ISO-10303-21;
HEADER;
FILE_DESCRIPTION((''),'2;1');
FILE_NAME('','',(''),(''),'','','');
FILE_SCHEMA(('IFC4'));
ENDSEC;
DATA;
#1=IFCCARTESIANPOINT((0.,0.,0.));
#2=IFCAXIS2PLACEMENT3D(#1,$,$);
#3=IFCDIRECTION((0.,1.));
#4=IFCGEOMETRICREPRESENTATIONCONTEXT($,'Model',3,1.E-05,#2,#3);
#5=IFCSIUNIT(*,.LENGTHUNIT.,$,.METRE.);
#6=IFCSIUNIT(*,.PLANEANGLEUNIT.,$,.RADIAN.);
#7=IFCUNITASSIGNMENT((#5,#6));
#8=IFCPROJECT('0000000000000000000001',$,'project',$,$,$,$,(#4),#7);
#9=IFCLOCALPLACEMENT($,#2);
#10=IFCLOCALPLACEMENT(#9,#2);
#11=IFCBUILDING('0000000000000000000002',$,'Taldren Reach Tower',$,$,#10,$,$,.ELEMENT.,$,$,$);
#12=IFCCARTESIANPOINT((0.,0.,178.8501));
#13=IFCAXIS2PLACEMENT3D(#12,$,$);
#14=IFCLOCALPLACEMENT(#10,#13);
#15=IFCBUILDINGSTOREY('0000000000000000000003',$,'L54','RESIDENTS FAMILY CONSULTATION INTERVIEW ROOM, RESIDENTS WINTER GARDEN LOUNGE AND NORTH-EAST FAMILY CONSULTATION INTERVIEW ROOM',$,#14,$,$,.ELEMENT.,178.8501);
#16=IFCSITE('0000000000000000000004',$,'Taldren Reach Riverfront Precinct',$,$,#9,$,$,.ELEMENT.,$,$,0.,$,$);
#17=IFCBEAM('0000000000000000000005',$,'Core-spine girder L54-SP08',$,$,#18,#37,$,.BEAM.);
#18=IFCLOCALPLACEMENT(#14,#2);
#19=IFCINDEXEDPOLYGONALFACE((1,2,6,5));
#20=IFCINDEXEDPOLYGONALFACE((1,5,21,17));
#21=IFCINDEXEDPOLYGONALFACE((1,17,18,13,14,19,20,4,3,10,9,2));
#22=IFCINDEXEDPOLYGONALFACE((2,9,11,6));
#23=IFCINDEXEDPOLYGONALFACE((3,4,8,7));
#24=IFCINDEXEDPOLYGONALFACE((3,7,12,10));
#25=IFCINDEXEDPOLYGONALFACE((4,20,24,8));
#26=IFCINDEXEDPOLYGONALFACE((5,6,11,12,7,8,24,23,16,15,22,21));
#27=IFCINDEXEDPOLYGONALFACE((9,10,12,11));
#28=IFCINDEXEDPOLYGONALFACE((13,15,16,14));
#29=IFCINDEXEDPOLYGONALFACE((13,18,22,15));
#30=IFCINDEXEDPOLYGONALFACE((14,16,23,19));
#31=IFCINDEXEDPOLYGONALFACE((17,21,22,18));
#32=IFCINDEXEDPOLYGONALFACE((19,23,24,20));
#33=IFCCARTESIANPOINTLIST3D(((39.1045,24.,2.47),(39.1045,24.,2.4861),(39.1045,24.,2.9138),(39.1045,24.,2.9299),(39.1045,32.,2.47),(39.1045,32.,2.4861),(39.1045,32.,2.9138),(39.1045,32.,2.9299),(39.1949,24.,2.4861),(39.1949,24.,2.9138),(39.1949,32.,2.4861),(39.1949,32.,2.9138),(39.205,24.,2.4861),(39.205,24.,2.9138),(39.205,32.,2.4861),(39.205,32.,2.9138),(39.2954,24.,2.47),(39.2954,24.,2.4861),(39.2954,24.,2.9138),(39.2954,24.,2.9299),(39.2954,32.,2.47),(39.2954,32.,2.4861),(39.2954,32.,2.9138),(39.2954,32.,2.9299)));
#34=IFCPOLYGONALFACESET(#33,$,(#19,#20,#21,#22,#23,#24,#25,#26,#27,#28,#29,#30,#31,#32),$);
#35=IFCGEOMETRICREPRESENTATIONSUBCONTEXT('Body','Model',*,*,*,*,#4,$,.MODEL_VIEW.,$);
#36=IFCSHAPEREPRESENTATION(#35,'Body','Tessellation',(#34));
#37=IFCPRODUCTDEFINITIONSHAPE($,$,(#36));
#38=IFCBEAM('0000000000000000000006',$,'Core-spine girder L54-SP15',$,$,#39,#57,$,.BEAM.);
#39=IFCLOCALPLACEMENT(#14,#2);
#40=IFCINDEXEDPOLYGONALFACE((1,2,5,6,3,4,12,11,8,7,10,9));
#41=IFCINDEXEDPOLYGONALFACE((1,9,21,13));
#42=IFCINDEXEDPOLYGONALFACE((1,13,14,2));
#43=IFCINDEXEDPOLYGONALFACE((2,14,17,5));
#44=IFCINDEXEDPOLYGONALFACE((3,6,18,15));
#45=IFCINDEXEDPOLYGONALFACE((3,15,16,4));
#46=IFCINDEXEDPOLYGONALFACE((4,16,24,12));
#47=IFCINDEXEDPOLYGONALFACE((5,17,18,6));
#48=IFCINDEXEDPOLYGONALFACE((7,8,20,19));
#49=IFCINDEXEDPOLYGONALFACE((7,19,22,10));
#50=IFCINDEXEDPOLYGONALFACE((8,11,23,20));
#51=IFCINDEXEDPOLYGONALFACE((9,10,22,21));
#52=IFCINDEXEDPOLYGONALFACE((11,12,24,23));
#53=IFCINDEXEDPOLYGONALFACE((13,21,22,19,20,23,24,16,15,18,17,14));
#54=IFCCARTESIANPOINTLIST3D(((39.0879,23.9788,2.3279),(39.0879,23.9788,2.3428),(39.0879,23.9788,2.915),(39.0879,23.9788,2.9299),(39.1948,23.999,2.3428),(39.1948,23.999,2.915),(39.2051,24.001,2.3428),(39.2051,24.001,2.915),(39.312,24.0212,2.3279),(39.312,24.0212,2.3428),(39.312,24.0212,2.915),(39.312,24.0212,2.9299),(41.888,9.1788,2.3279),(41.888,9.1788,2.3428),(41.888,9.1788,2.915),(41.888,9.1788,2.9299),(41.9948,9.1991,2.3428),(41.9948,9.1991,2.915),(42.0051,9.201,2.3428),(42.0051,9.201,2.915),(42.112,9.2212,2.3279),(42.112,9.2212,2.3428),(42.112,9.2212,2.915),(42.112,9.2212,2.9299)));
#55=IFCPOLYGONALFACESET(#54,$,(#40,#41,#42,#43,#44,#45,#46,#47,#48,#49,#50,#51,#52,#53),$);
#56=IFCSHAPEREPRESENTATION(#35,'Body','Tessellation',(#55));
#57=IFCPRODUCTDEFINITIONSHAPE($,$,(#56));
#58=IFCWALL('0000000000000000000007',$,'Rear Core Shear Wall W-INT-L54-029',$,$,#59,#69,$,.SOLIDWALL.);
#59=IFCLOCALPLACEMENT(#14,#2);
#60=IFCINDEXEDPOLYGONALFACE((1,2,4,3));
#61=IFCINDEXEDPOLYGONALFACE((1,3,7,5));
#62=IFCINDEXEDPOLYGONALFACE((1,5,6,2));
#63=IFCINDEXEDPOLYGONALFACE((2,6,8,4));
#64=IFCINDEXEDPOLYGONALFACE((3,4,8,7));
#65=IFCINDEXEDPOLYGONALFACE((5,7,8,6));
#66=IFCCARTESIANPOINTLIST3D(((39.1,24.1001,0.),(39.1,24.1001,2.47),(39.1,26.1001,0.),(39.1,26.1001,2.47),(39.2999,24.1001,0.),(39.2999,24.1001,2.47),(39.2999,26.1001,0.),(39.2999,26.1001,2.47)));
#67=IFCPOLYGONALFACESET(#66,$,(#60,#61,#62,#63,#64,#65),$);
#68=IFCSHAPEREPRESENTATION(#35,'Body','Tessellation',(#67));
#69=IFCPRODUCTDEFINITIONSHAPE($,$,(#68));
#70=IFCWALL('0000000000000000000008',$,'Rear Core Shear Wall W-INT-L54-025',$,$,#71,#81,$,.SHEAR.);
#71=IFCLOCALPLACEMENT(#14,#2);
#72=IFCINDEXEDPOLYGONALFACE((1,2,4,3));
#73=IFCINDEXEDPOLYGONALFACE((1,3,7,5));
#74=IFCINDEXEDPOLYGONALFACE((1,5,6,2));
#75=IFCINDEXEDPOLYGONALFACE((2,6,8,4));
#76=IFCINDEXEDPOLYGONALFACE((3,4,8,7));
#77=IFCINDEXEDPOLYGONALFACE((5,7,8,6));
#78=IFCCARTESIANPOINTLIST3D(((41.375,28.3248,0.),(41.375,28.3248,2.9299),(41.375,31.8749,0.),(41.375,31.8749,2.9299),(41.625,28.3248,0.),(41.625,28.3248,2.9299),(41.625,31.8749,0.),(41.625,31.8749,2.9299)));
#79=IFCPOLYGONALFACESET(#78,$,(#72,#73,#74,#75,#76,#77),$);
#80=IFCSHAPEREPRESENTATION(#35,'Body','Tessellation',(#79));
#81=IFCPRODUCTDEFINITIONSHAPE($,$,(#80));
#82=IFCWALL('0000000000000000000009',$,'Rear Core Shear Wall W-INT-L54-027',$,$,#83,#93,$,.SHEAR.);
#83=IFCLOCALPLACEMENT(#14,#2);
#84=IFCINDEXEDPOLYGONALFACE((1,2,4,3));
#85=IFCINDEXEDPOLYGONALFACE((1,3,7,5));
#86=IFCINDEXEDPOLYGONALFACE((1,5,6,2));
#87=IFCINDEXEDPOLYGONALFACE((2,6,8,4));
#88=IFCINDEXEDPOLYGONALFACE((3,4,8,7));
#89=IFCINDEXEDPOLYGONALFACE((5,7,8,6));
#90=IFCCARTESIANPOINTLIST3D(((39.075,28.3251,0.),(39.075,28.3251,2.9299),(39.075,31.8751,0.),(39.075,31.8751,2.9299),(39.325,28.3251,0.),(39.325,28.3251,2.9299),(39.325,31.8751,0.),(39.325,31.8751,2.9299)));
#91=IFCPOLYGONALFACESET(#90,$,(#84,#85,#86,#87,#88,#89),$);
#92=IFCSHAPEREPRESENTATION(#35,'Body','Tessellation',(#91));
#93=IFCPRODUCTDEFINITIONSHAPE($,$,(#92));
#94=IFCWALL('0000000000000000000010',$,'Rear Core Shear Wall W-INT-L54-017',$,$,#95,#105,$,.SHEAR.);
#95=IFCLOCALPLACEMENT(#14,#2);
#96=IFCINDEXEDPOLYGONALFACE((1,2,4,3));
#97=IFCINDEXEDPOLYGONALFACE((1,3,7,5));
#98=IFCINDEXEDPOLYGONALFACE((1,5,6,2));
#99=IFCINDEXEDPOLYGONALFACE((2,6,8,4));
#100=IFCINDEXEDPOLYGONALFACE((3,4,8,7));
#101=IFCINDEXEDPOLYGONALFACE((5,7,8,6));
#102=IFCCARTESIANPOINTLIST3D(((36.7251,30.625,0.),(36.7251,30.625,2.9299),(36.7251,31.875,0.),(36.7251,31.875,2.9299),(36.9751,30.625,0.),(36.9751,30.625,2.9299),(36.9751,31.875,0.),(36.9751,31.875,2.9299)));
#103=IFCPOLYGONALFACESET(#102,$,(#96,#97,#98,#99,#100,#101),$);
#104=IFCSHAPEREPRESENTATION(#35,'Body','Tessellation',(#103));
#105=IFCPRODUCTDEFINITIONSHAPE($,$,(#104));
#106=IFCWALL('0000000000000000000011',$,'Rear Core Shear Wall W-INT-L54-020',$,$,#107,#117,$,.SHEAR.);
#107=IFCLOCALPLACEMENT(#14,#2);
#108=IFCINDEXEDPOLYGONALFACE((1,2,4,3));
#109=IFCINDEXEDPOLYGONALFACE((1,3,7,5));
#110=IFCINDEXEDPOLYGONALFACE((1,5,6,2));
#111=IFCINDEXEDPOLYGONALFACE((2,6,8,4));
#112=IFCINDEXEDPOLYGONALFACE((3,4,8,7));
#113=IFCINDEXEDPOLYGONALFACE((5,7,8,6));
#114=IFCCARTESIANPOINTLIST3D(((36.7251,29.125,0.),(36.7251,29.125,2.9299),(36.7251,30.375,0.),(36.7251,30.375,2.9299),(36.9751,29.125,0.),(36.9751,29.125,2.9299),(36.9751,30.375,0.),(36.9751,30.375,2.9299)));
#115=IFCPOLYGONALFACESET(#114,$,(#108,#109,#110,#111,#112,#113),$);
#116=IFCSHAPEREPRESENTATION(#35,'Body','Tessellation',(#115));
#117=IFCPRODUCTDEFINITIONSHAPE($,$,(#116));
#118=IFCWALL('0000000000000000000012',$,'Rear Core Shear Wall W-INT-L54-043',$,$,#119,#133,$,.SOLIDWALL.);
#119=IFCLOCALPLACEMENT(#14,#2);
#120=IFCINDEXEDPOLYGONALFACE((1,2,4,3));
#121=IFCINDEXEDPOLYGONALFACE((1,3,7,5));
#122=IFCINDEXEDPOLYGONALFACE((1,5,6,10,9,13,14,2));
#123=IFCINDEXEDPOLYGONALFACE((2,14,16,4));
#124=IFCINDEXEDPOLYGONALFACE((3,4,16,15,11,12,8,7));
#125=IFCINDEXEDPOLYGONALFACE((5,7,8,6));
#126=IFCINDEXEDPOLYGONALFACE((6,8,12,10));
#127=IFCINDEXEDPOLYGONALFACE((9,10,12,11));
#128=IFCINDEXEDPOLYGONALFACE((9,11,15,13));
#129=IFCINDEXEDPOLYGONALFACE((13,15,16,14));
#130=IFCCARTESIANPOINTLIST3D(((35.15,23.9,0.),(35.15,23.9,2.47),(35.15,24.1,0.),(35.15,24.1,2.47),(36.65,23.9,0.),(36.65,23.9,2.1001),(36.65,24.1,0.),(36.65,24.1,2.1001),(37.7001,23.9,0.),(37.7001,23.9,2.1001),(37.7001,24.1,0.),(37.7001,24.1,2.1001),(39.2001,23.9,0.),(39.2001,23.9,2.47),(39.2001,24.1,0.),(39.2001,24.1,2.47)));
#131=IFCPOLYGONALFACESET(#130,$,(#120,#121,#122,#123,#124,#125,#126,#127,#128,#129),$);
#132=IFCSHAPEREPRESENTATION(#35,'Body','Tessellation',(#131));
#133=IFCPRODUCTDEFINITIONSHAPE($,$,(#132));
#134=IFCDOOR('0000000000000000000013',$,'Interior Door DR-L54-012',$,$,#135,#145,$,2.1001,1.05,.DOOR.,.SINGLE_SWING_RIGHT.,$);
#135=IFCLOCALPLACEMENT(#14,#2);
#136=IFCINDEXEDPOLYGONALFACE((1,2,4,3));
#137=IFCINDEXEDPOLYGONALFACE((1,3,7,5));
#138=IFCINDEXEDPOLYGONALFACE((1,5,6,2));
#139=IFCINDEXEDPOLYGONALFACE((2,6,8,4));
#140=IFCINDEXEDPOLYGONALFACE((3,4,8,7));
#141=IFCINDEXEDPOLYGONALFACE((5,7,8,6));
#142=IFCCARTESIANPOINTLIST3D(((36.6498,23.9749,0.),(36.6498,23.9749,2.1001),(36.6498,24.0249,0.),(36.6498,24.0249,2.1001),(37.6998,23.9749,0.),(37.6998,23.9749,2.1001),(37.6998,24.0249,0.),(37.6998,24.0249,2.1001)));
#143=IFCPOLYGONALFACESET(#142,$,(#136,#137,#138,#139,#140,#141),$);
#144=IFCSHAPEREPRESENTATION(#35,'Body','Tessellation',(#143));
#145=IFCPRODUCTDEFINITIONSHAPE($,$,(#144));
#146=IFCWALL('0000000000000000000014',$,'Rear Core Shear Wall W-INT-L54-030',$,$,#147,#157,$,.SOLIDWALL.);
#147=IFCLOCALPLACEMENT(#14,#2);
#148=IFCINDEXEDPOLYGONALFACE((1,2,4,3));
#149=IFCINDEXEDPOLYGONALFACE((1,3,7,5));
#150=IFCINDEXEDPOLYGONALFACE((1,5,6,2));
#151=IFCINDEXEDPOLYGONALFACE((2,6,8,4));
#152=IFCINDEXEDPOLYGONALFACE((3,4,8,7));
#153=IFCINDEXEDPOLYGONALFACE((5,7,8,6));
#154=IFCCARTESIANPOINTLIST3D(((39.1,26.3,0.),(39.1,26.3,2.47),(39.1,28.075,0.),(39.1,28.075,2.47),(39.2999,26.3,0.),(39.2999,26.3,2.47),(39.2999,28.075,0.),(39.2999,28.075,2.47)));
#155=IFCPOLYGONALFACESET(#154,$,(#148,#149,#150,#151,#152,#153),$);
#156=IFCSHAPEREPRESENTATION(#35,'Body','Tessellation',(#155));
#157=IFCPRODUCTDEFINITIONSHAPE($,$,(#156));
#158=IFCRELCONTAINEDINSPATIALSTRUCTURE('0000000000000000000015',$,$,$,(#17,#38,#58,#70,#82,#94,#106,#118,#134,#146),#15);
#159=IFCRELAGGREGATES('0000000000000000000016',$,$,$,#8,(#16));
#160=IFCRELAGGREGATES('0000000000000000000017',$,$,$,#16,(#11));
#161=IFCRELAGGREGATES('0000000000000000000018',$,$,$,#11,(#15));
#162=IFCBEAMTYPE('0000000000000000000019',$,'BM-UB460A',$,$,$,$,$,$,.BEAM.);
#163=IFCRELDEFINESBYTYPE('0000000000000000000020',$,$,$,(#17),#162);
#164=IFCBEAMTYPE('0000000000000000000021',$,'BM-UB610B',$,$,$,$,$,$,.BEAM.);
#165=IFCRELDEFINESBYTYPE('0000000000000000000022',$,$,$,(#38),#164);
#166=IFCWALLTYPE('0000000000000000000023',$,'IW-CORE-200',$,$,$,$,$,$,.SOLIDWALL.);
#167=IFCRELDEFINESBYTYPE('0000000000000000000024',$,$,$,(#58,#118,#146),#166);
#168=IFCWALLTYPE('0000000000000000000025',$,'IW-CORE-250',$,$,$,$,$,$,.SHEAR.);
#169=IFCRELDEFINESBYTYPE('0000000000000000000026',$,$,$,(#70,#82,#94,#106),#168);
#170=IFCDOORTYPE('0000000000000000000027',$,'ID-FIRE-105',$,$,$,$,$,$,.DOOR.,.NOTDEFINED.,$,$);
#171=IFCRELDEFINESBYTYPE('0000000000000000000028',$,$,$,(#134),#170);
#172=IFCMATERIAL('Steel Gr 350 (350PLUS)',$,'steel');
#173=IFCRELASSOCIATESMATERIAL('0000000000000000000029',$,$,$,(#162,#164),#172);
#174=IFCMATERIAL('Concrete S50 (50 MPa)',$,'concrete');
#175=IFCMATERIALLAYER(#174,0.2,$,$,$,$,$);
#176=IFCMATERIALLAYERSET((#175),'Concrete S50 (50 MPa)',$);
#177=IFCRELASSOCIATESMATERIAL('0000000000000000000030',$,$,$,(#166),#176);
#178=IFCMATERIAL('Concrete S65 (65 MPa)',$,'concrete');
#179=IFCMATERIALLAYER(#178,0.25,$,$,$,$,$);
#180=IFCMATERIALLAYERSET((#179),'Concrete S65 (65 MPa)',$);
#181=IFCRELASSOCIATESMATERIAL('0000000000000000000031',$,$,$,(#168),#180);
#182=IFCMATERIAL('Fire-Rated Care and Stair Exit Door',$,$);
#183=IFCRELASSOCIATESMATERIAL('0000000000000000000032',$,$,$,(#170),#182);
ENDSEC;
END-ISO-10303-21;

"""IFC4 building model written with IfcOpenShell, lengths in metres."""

from ifc_helpers import new_model, si_unit, direction, frame, frame_2d, origin, origin_2d, place, context, subcontext, project, spatial, rectangle, i_section, extrude, source, transform, mapped, material, layer, layer_set, material_profile, profile_set, type_object, element, fill, save


model = new_model("IFC4")

# Units and contexts
model_context = context("Model", 3, precision=1e-05, world=origin(), true_north=direction((0.0, 1.0)))
body_context = subcontext(model_context, "Body", "Model", "MODEL_VIEW")
ifc_project = project(units=[si_unit("LENGTHUNIT", "METRE"), si_unit("PLANEANGLEUNIT", "RADIAN")], contexts=[model_context])

# Site, building, storey
site_placement = place(None, origin())
site = spatial("IfcSite", under=ifc_project, at=site_placement, Name="Taldren Reach Riverfront Precinct", CompositionType="ELEMENT", RefElevation=0.0)
building_placement = place(site_placement, origin())
building = spatial("IfcBuilding", under=site, at=building_placement, Name="Taldren Reach Tower", CompositionType="ELEMENT")
storey_placement = place(building_placement, frame((0.0, 0.0, 178.8501)))
storey = spatial("IfcBuildingStorey", under=building, at=storey_placement, Name="L54", Description="RESIDENTS FAMILY CONSULTATION INTERVIEW ROOM, RESIDENTS WINTER GARDEN LOUNGE AND NORTH-EAST FAMILY CONSULTATION INTERVIEW ROOM", CompositionType="ELEMENT", Elevation=178.8501)

# Beams
ifc_material_1 = material(Name="Steel Gr 350 (350PLUS)", Category="steel")
ifc_material_profile_1 = material_profile(ifc_material_1, i_section(OverallWidth=0.1909, OverallDepth=0.46, WebThickness=0.01, FlangeThickness=0.0161, at=origin_2d()), Name="460UB82.1")
ifc_profile_set_1 = profile_set([ifc_material_profile_1], Name="Steel Gr 350 (350PLUS)")
beam_type_1 = type_object("IfcBeamType", Name="BM-UB460A", PredefinedType="BEAM", material=ifc_profile_set_1)
shared_shape_1 = source(origin(), body_context, "Body", "SweptSolid", [
    extrude(i_section(OverallWidth=0.1909, OverallDepth=0.46, WebThickness=0.01, FlangeThickness=0.0161, at=origin_2d()), origin(), (0.0, 0.0, 1.0), 8.0),
])
beam_1_placement = place(storey_placement, frame((39.2, 24.0, 2.7), z_axis=(0.0, 1.0, 0.0), x_axis=(-1.0, 0.0, 0.0)))
element("IfcBeam", 1, at=beam_1_placement, inside=storey, type_object=beam_type_1, Name="Core-spine girder L54-SP08", PredefinedType="BEAM", context=body_context, shape_type="MappedRepresentation", body=[
    mapped(shared_shape_1, transform((0.0, 0.0, 0.0), scale=1.0)),
])
ifc_material_profile_2 = material_profile(ifc_material_1, i_section(OverallWidth=0.228, OverallDepth=0.6021, WebThickness=0.0105, FlangeThickness=0.0149, at=origin_2d()), Name="610UB101")
ifc_profile_set_2 = profile_set([ifc_material_profile_2], Name="Steel Gr 350 (350PLUS)")
beam_type_2 = type_object("IfcBeamType", Name="BM-UB610B", PredefinedType="BEAM", material=ifc_profile_set_2)
shared_shape_2 = source(origin(), body_context, "Body", "SweptSolid", [
    extrude(i_section(OverallWidth=0.228, OverallDepth=0.6021, WebThickness=0.0105, FlangeThickness=0.0149, at=origin_2d()), origin(), (0.0, 0.0, 1.0), 15.0625),
])
beam_2_placement = place(storey_placement, frame((39.2, 24.0, 2.6289), z_axis=(0.185894, -0.98257, 0.0), x_axis=(0.98257, 0.185894, 0.0)))
element("IfcBeam", 2, at=beam_2_placement, inside=storey, type_object=beam_type_2, Name="Core-spine girder L54-SP15", PredefinedType="BEAM", context=body_context, shape_type="MappedRepresentation", body=[
    mapped(shared_shape_2, transform((0.0, 0.0, 0.0), scale=1.0)),
])

# Walls
ifc_material_2 = material(Name="Concrete S50 (50 MPa)", Category="concrete")
ifc_layer_1 = layer(ifc_material_2, 0.2)
ifc_layer_set_1 = layer_set([ifc_layer_1], Name="Concrete S50 (50 MPa)")
wall_type_1 = type_object("IfcWallType", Name="IW-CORE-200", PredefinedType="SOLIDWALL", material=ifc_layer_set_1)
shared_shape_3 = source(origin(), body_context, "Body", "SweptSolid", [
    extrude(rectangle(XDim=2.0, YDim=0.2, at=frame_2d((1.0, 0.0))), origin(), (0.0, 0.0, 1.0), 2.47),
])
wall_1_placement = place(storey_placement, frame((39.2, 24.1001, 0.0), z_axis=(0.0, 0.0, 1.0), x_axis=(0.0, 1.0, 0.0)))
element("IfcWall", 3, at=wall_1_placement, inside=storey, type_object=wall_type_1, Name="Rear Core Shear Wall W-INT-L54-029", PredefinedType="SOLIDWALL", context=body_context, shape_type="MappedRepresentation", body=[
    mapped(shared_shape_3, transform((0.0, 0.0, 0.0), scale=1.0)),
])
ifc_material_3 = material(Name="Concrete S65 (65 MPa)", Category="concrete")
ifc_layer_2 = layer(ifc_material_3, 0.25)
ifc_layer_set_2 = layer_set([ifc_layer_2], Name="Concrete S65 (65 MPa)")
wall_type_2 = type_object("IfcWallType", Name="IW-CORE-250", PredefinedType="SHEAR", material=ifc_layer_set_2)
shared_shape_4 = source(origin(), body_context, "Body", "SweptSolid", [
    extrude(rectangle(XDim=3.55, YDim=0.25, at=frame_2d((1.7749, 0.0))), origin(), (0.0, 0.0, 1.0), 2.9299),
])
for number, where, z_axis, x_axis, name in (
    (4, (41.5, 28.325, 0.0), (0.0, 0.0, 1.0), (0.0, 1.0, 0.0), "Rear Core Shear Wall W-INT-L54-025"),
    (5, (39.2, 31.875, 0.0), (0.0, 0.0, 1.0), (0.0, -1.0, 0.0), "Rear Core Shear Wall W-INT-L54-027"),
):
    element("IfcWall", number, at=place(storey_placement, frame(where, z_axis=z_axis, x_axis=x_axis)), inside=storey, type_object=wall_type_2, Name=name, PredefinedType="SHEAR", context=body_context, shape_type="MappedRepresentation", body=[
        mapped(shared_shape_4, transform((0.0, 0.0, 0.0), scale=1.0)),
    ])
shared_shape_5 = source(origin(), body_context, "Body", "SweptSolid", [
    extrude(rectangle(XDim=1.25, YDim=0.25, at=frame_2d((0.625, 0.0))), origin(), (0.0, 0.0, 1.0), 2.9299),
])
for number, where, z_axis, x_axis, name in (
    (6, (36.8501, 30.625, 0.0), (0.0, 0.0, 1.0), (0.0, 1.0, 0.0), "Rear Core Shear Wall W-INT-L54-017"),
    (7, (36.8501, 29.125, 0.0), (0.0, 0.0, 1.0), (0.0, 1.0, 0.0), "Rear Core Shear Wall W-INT-L54-020"),
):
    element("IfcWall", number, at=place(storey_placement, frame(where, z_axis=z_axis, x_axis=x_axis)), inside=storey, type_object=wall_type_2, Name=name, PredefinedType="SHEAR", context=body_context, shape_type="MappedRepresentation", body=[
        mapped(shared_shape_5, transform((0.0, 0.0, 0.0), scale=1.0)),
    ])

# Wall, opening, door
shared_shape_6 = source(origin(), body_context, "Body", "SweptSolid", [
    extrude(rectangle(XDim=4.05, YDim=0.2, at=frame_2d((2.0249, 0.0))), origin(), (0.0, 0.0, 1.0), 2.47),
])
wall_2_placement = place(storey_placement, frame((39.2, 24.0, 0.0), z_axis=(0.0, 0.0, 1.0), x_axis=(-1.0, 0.0, 0.0)))
wall_2 = element("IfcWall", 8, at=wall_2_placement, inside=storey, type_object=wall_type_1, Name="Rear Core Shear Wall W-INT-L54-043", PredefinedType="SOLIDWALL", context=body_context, shape_type="MappedRepresentation", body=[
    mapped(shared_shape_6, transform((0.0, 0.0, 0.0), scale=1.0)),
])
shared_shape_7 = source(origin(), body_context, "Body", "SweptSolid", [
    extrude(rectangle(XDim=1.05, YDim=2.1001, at=frame_2d((0.5249, 1.05))), frame((0.0, 0.1099, 0.0), z_axis=(0.0, -1.0, 0.0), x_axis=(1.0, 0.0, 0.0)), (0.0, 0.0, 1.0), 0.22),
])
opening_1_placement = place(wall_2_placement, frame((1.5, 0.0, 0.0)))
opening_1 = element("IfcOpeningElement", 9, at=opening_1_placement, cuts=wall_2, PredefinedType="OPENING", context=body_context, shape_type="MappedRepresentation", body=[
    mapped(shared_shape_7, transform((0.0, 0.0, 0.0), scale=1.0)),
])
ifc_material_4 = material(Name="Fire-Rated Care and Stair Exit Door")
door_type_1 = type_object("IfcDoorType", Name="ID-FIRE-105", OperationType="NOTDEFINED", PredefinedType="DOOR", material=ifc_material_4)
shared_shape_8 = source(origin(), body_context, "Body", "SweptSolid", [
    extrude(rectangle(XDim=1.05, YDim=2.1001, at=frame_2d((0.5249, 1.05))), frame((0.0, 0.0249, 0.0), z_axis=(0.0, -1.0, 0.0), x_axis=(1.0, 0.0, 0.0)), (0.0, 0.0, 1.0), 0.05),
])
door_1_placement = place(opening_1_placement, frame((1.05, 0.0, 0.0), z_axis=(0.0, 0.0, 1.0), x_axis=(-1.0, 0.0, 0.0)))
door_1 = element("IfcDoor", 10, at=door_1_placement, inside=storey, type_object=door_type_1, Name="Interior Door DR-L54-012", OperationType="SINGLE_SWING_RIGHT", OverallHeight=2.1001, OverallWidth=1.05, PredefinedType="DOOR", context=body_context, shape_type="MappedRepresentation", body=[
    mapped(shared_shape_8, transform((0.0, 0.0, 0.0), scale=1.0)),
])
fill(opening_1, door_1)

# Wall
shared_shape_9 = source(origin(), body_context, "Body", "SweptSolid", [
    extrude(rectangle(XDim=1.7749, YDim=0.2, at=frame_2d((0.8875, 0.0))), origin(), (0.0, 0.0, 1.0), 2.47),
])
wall_3_placement = place(storey_placement, frame((39.2, 26.3, 0.0), z_axis=(0.0, 0.0, 1.0), x_axis=(0.0, 1.0, 0.0)))
element("IfcWall", 11, at=wall_3_placement, inside=storey, type_object=wall_type_1, Name="Rear Core Shear Wall W-INT-L54-030", PredefinedType="SOLIDWALL", context=body_context, shape_type="MappedRepresentation", body=[
    mapped(shared_shape_9, transform((0.0, 0.0, 0.0), scale=1.0)),
])

save(model, "model.ifc")
